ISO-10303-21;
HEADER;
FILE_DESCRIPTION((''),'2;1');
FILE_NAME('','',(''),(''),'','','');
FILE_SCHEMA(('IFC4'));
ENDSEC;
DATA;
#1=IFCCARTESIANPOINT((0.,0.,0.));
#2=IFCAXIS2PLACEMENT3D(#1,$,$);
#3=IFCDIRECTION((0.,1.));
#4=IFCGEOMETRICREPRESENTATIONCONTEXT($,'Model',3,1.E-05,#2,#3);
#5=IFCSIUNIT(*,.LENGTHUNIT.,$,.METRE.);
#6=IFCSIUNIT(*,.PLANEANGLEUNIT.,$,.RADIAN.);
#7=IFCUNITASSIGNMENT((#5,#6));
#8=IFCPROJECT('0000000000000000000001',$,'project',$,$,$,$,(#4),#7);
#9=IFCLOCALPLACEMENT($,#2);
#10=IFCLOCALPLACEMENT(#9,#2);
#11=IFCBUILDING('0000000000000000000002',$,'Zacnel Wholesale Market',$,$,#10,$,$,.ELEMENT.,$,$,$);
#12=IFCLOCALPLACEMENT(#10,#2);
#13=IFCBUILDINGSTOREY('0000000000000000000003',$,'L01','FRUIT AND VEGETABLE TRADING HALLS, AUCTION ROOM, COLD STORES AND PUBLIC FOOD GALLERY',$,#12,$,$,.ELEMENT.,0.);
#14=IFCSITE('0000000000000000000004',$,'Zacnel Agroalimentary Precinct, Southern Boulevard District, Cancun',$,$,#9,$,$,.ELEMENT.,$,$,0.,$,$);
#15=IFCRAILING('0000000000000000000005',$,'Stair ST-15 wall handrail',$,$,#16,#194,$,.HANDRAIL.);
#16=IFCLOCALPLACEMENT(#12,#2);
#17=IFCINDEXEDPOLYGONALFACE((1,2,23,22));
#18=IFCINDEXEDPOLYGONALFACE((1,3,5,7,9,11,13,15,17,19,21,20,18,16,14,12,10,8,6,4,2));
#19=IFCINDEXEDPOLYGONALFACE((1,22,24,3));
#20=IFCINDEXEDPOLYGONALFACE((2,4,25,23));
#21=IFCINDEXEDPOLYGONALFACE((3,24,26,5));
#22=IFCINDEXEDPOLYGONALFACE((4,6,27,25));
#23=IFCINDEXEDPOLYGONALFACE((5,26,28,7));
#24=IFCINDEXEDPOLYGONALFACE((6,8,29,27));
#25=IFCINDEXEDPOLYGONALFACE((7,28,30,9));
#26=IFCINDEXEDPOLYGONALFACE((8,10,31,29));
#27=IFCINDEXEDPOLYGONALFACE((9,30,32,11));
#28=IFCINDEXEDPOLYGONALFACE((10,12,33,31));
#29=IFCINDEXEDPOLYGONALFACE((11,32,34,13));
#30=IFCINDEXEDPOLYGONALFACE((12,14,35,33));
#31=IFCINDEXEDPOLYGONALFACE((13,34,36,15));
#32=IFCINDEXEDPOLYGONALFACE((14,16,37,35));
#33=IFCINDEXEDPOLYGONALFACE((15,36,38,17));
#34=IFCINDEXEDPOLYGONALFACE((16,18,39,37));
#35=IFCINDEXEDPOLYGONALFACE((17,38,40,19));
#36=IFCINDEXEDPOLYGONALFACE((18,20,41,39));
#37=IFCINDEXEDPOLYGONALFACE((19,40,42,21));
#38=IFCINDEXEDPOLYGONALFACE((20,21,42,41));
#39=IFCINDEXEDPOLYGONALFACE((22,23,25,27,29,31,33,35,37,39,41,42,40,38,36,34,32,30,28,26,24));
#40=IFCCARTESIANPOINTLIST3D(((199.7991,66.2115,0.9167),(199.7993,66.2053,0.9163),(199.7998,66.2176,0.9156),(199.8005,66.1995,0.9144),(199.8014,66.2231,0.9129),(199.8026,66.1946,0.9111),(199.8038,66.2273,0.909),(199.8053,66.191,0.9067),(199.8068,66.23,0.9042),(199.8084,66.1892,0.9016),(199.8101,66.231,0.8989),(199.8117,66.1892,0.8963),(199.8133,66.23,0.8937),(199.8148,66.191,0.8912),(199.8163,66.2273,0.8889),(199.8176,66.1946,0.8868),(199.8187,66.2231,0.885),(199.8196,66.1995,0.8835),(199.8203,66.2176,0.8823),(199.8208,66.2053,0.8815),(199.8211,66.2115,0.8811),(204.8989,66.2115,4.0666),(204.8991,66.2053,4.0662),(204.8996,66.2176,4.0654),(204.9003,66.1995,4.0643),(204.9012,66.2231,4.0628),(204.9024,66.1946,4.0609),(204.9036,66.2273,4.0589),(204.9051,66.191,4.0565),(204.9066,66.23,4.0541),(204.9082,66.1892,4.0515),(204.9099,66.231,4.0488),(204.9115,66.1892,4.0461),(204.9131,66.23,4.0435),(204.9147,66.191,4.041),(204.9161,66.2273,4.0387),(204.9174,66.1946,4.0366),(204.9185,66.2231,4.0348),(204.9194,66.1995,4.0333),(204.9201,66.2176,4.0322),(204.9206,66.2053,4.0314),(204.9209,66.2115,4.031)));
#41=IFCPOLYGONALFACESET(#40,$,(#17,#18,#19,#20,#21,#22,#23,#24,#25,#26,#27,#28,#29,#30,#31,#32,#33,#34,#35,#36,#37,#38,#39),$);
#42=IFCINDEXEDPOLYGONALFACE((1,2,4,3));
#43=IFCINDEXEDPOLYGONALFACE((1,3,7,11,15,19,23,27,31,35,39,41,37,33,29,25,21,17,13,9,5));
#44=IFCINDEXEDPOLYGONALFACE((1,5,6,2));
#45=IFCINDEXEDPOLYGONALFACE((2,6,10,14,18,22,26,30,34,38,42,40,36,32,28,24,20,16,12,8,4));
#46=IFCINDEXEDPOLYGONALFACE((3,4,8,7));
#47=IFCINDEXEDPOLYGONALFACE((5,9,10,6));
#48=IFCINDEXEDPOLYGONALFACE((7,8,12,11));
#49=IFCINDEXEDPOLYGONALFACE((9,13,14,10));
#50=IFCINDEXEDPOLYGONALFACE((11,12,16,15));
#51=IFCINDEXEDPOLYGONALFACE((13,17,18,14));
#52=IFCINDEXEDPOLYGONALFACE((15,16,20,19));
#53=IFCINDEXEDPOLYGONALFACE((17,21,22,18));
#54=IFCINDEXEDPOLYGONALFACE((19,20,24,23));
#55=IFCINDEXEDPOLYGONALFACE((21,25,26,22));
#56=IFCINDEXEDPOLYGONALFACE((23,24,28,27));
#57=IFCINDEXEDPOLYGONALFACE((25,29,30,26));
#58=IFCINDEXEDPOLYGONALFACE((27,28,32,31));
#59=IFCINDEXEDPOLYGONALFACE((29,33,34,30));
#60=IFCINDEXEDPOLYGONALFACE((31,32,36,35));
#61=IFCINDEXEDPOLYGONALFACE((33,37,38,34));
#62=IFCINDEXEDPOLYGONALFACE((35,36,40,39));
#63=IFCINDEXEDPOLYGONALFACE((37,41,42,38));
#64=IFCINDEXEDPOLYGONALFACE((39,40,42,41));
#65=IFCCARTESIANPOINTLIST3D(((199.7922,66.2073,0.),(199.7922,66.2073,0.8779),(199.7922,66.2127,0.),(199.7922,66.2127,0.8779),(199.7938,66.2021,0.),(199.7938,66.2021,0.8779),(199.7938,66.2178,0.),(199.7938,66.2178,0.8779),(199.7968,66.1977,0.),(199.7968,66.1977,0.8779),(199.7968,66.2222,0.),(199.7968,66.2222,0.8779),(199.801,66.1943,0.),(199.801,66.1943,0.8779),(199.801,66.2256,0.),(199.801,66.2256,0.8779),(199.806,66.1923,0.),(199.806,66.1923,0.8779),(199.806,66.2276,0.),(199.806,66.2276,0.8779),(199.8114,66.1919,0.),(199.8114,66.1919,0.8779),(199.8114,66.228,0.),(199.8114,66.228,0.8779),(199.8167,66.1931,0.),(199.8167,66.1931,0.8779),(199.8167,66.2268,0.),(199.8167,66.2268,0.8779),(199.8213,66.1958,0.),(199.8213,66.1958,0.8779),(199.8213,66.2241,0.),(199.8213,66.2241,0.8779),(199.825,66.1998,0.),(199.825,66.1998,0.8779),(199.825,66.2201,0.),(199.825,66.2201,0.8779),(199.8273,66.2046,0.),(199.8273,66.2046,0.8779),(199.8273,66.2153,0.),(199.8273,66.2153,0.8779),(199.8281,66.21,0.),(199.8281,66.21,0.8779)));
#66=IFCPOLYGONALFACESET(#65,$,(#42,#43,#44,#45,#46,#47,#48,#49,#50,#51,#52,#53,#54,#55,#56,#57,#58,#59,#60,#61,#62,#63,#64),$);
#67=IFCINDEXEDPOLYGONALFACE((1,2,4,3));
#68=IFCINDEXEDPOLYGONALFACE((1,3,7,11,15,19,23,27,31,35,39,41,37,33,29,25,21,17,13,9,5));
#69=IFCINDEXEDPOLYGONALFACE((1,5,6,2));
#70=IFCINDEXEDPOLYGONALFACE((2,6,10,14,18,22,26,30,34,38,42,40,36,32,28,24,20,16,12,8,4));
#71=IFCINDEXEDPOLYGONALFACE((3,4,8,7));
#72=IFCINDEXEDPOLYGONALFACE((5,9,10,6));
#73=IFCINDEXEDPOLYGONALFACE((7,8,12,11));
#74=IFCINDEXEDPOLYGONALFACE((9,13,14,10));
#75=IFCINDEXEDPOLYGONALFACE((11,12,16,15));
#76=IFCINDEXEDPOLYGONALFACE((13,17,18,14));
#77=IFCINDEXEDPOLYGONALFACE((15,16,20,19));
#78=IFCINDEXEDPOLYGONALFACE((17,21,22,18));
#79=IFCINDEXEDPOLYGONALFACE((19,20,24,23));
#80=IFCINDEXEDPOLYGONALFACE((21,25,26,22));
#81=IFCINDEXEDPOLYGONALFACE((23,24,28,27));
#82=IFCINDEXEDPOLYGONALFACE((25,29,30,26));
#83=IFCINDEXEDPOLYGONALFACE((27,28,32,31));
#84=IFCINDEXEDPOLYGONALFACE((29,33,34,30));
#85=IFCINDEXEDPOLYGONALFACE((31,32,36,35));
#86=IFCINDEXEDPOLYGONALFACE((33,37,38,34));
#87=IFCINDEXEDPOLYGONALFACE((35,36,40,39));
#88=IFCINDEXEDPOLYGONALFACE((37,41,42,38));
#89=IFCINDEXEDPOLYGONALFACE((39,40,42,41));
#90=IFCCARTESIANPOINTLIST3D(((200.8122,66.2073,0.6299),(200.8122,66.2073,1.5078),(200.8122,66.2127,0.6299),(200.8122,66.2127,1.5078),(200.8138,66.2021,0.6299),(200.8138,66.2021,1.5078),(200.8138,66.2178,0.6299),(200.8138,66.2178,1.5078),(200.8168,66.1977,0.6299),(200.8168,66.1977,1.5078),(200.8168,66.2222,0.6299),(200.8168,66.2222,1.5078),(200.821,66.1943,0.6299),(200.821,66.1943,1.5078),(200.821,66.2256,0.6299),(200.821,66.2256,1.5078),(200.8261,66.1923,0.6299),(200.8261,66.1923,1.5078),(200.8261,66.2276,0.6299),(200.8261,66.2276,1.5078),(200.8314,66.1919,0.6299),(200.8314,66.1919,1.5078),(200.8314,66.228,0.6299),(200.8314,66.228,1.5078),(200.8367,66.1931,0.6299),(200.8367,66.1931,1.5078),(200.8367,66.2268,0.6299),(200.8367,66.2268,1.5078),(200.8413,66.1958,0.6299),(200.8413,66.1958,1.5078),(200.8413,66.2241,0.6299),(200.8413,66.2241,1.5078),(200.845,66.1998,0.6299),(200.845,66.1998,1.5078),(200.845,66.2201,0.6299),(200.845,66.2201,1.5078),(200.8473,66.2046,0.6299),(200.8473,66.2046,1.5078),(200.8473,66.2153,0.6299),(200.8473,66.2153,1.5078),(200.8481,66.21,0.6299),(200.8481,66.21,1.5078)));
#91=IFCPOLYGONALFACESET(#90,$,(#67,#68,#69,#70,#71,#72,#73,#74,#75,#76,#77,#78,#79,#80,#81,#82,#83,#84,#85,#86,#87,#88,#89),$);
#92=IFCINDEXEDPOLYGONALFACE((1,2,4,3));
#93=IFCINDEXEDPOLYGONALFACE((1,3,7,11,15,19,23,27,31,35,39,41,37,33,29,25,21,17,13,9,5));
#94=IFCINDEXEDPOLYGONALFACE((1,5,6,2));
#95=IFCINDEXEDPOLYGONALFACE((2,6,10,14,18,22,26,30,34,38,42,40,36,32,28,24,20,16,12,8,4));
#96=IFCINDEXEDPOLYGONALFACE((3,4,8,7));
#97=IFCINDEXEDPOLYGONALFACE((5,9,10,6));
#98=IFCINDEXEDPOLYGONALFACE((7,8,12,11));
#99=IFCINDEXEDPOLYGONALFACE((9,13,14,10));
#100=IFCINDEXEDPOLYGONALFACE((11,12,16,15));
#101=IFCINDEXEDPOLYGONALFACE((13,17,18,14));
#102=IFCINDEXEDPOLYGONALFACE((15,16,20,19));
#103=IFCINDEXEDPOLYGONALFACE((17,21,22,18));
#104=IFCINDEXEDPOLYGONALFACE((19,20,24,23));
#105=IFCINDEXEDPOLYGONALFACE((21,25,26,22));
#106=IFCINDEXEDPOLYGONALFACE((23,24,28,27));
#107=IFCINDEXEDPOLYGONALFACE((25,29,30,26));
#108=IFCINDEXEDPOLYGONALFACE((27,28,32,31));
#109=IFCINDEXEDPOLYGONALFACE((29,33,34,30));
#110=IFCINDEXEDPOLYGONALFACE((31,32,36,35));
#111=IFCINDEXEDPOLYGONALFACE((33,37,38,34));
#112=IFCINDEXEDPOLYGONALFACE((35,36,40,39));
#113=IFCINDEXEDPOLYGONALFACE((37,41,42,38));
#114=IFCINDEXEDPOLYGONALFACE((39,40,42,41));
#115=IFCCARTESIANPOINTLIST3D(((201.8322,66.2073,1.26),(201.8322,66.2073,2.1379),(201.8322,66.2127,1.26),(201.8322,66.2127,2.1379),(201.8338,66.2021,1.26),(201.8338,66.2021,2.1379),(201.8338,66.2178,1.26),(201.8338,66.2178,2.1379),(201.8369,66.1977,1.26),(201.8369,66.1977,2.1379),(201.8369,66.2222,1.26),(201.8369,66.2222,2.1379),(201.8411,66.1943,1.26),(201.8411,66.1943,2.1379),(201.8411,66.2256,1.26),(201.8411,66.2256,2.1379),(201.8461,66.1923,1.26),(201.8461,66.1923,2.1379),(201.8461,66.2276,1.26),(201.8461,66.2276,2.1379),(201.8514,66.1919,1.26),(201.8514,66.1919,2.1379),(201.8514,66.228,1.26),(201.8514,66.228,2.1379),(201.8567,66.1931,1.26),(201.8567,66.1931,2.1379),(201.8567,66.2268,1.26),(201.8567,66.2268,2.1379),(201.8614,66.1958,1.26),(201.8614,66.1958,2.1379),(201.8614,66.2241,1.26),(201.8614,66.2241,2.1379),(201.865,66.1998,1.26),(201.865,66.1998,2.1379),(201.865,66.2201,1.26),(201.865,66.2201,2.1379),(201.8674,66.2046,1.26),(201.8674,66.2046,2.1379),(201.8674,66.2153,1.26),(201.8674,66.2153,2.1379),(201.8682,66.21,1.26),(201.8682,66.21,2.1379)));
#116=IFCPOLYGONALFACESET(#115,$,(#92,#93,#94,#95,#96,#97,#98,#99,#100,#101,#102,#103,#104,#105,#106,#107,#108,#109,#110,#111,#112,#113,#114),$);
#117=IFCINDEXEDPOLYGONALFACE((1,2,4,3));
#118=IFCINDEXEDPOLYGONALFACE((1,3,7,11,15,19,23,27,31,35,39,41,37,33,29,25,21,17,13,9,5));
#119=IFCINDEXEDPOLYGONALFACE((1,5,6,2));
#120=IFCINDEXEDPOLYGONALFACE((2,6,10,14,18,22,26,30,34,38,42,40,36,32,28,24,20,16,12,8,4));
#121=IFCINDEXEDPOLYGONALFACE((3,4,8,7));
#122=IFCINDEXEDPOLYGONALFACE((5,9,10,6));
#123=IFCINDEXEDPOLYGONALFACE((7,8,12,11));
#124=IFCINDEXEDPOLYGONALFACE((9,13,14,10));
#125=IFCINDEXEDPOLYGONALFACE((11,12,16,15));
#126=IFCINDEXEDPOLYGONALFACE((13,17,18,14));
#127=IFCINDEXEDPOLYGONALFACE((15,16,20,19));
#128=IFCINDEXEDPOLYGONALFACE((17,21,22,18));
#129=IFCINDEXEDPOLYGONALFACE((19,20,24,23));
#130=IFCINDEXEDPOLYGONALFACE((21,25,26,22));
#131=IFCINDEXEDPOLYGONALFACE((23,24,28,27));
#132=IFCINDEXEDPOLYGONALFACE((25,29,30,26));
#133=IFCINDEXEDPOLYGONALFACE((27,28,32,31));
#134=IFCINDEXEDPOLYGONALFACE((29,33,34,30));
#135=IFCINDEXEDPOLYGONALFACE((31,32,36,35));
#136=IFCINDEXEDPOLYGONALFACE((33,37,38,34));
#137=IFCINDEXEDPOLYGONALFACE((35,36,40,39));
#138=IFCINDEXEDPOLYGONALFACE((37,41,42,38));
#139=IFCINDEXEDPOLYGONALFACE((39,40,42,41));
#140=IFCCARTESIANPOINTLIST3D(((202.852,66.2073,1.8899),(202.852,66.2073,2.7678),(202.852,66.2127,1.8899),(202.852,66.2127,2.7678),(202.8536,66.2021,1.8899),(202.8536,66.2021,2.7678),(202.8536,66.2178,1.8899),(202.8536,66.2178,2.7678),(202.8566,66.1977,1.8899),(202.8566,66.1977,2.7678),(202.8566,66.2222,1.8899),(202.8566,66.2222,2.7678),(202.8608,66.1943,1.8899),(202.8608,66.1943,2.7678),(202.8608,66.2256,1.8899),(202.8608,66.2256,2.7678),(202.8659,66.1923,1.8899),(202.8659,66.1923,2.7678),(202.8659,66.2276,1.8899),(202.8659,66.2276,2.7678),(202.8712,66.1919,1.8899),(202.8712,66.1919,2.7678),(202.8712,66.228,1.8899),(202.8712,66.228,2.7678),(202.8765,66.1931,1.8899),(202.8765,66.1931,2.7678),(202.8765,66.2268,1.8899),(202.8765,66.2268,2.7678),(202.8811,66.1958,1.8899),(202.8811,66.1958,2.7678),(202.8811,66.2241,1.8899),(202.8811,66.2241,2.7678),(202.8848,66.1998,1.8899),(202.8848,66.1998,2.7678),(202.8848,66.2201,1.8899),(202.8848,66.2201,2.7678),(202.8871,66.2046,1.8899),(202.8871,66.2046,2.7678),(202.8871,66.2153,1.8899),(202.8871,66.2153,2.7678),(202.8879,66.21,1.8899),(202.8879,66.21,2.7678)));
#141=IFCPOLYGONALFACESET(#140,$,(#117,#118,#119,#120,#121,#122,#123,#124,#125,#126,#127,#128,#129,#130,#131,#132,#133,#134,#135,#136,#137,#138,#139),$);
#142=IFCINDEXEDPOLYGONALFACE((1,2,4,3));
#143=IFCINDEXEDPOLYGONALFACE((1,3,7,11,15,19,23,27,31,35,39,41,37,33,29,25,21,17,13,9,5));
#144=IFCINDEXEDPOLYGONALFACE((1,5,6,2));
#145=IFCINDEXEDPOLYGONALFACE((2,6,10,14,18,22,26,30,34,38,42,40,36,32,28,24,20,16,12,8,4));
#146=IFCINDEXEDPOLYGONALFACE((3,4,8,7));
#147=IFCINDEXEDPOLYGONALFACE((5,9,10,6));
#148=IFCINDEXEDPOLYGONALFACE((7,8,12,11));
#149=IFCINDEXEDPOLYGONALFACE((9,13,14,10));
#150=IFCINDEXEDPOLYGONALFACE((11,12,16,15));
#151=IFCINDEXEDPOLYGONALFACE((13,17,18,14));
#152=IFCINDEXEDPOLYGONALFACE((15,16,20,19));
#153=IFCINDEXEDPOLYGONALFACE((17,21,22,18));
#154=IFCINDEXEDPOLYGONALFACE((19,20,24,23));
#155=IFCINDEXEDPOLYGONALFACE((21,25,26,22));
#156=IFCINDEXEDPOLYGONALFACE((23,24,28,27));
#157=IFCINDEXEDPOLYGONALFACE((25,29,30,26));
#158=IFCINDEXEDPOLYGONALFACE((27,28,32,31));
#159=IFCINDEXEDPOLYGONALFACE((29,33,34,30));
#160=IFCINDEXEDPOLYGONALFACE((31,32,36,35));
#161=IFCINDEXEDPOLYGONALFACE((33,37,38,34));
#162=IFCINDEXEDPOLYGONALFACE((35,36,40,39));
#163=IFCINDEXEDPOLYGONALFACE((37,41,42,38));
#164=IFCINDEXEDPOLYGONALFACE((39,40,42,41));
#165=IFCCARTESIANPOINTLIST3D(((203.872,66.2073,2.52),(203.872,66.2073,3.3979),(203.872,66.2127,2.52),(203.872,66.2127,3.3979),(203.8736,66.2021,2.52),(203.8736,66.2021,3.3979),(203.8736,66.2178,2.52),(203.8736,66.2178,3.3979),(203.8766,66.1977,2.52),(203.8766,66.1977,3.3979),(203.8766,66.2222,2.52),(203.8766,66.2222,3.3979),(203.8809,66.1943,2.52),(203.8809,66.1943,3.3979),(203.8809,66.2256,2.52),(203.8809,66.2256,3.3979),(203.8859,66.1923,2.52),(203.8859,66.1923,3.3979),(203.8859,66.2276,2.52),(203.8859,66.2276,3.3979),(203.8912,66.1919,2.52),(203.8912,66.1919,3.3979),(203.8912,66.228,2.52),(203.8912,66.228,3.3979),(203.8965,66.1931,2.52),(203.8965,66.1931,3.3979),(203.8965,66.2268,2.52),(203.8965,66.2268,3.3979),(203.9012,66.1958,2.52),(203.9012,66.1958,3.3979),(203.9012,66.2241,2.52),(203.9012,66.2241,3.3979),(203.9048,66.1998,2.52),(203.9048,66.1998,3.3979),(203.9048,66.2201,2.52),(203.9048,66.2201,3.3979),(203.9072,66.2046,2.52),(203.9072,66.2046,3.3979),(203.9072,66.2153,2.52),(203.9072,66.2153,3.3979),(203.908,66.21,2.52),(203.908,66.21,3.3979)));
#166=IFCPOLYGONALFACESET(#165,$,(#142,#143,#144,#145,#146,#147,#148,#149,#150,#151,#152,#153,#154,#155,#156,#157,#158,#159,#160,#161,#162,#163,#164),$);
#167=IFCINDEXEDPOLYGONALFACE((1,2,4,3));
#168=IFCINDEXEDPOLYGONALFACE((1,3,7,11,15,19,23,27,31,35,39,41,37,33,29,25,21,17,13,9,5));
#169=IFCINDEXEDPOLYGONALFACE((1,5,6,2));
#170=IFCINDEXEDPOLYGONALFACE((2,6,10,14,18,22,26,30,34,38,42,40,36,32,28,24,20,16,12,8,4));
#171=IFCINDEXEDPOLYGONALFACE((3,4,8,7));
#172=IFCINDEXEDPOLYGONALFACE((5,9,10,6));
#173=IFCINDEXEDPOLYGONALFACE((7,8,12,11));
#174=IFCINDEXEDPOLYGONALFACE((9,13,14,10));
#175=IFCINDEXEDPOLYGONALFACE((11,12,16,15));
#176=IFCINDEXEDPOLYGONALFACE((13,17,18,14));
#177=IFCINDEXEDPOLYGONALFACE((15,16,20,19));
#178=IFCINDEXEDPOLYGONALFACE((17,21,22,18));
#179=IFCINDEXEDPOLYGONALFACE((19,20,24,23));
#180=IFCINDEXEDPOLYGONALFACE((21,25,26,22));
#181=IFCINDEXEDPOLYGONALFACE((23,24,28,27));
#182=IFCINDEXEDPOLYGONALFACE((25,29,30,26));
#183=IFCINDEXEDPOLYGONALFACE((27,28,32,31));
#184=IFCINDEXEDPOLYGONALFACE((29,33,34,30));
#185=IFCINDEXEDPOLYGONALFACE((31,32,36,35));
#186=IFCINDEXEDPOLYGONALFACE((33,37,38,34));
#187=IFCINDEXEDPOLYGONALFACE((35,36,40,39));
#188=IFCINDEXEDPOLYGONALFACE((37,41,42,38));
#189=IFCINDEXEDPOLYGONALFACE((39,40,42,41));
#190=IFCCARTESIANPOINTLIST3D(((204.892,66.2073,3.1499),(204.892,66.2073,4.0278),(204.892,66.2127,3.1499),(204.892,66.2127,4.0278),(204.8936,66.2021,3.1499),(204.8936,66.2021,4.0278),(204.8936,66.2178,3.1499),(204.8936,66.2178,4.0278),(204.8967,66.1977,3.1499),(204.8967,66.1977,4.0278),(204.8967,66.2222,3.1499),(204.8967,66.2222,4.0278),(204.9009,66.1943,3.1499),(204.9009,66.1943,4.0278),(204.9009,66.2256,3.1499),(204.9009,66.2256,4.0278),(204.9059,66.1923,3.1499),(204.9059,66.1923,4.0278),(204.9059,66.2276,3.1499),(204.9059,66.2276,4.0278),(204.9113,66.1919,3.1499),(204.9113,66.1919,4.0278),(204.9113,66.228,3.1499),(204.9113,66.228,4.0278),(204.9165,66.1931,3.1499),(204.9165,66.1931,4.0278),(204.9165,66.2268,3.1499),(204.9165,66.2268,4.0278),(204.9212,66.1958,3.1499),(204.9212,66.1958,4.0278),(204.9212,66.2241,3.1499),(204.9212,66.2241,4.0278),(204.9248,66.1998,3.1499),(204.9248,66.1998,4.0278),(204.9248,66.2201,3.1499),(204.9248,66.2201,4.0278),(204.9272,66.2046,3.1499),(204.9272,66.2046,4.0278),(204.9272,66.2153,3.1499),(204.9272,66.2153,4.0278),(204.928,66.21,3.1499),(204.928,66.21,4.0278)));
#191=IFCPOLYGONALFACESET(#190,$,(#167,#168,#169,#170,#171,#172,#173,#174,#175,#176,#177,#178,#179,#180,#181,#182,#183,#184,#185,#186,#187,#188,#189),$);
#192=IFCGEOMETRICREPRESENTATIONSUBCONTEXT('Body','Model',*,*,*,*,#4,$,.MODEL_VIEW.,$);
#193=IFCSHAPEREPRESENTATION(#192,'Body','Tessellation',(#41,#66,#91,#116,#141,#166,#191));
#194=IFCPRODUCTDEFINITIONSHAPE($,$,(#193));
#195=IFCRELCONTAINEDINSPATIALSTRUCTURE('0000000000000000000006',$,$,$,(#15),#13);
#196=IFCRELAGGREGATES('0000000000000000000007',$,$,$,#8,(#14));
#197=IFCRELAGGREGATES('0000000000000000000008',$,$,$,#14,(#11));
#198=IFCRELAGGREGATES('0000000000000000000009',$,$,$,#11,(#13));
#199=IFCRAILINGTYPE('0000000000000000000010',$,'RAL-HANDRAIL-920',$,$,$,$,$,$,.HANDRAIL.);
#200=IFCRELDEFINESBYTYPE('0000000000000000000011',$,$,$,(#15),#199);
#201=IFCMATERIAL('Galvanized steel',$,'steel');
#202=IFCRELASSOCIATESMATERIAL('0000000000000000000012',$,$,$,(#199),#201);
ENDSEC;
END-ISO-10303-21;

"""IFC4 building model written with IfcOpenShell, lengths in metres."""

from ifc_helpers import new_model, si_unit, direction, frame, origin, origin_2d, place, context, subcontext, project, spatial, circle, extrude, material, type_object, element, save


model = new_model("IFC4")

# Units and contexts
model_context = context("Model", 3, precision=1e-05, world=origin(), true_north=direction((0.0, 1.0)))
body_context = subcontext(model_context, "Body", "Model", "MODEL_VIEW")
ifc_project = project(units=[si_unit("LENGTHUNIT", "METRE"), si_unit("PLANEANGLEUNIT", "RADIAN")], contexts=[model_context])

# Site, building, storey
site_placement = place(None, origin())
site = spatial("IfcSite", under=ifc_project, at=site_placement, Name="Zacnel Agroalimentary Precinct, Southern Boulevard District, Cancun", CompositionType="ELEMENT", RefElevation=0.0)
building_placement = place(site_placement, origin())
building = spatial("IfcBuilding", under=site, at=building_placement, Name="Zacnel Wholesale Market", CompositionType="ELEMENT")
storey_placement = place(building_placement, origin())
storey = spatial("IfcBuildingStorey", under=building, at=storey_placement, Name="L01", Description="FRUIT AND VEGETABLE TRADING HALLS, AUCTION ROOM, COLD STORES AND PUBLIC FOOD GALLERY", CompositionType="ELEMENT", Elevation=0.0)

# Railing
ifc_material_1 = material(Name="Galvanized steel", Category="steel")
railing_type = type_object("IfcRailingType", Name="RAL-HANDRAIL-920", PredefinedType="HANDRAIL", material=ifc_material_1)
railing_placement = place(storey_placement, frame((199.8101, 66.21, 0.0)))
element("IfcRailing", 1, at=railing_placement, inside=storey, type_object=railing_type, Name="Stair ST-15 wall handrail", PredefinedType="HANDRAIL", context=body_context, shape_type="SweptSolid", body=[
    extrude(circle(Radius=0.021, at=origin_2d()), frame((0.0, 0.0, 0.8989), z_axis=(0.850799, 0.0, 0.525492), x_axis=(0.0, 1.0, 0.0)), (0.0, 0.0, 1.0), 5.9941),
    extrude(circle(Radius=0.0181, at=origin_2d()), origin(), (0.0, 0.0, 1.0), 0.8779),
    extrude(circle(Radius=0.0181, at=origin_2d()), frame((1.02, 0.0, 0.6299)), (0.0, 0.0, 1.0), 0.8779),
    extrude(circle(Radius=0.0181, at=origin_2d()), frame((2.04, 0.0, 1.26)), (0.0, 0.0, 1.0), 0.8779),
    extrude(circle(Radius=0.0181, at=origin_2d()), frame((3.0598, 0.0, 1.8899)), (0.0, 0.0, 1.0), 0.8779),
    extrude(circle(Radius=0.0181, at=origin_2d()), frame((4.0798, 0.0, 2.52)), (0.0, 0.0, 1.0), 0.8779),
    extrude(circle(Radius=0.0181, at=origin_2d()), frame((5.0999, 0.0, 3.1499)), (0.0, 0.0, 1.0), 0.8779),
])

save(model, "model.ifc")
